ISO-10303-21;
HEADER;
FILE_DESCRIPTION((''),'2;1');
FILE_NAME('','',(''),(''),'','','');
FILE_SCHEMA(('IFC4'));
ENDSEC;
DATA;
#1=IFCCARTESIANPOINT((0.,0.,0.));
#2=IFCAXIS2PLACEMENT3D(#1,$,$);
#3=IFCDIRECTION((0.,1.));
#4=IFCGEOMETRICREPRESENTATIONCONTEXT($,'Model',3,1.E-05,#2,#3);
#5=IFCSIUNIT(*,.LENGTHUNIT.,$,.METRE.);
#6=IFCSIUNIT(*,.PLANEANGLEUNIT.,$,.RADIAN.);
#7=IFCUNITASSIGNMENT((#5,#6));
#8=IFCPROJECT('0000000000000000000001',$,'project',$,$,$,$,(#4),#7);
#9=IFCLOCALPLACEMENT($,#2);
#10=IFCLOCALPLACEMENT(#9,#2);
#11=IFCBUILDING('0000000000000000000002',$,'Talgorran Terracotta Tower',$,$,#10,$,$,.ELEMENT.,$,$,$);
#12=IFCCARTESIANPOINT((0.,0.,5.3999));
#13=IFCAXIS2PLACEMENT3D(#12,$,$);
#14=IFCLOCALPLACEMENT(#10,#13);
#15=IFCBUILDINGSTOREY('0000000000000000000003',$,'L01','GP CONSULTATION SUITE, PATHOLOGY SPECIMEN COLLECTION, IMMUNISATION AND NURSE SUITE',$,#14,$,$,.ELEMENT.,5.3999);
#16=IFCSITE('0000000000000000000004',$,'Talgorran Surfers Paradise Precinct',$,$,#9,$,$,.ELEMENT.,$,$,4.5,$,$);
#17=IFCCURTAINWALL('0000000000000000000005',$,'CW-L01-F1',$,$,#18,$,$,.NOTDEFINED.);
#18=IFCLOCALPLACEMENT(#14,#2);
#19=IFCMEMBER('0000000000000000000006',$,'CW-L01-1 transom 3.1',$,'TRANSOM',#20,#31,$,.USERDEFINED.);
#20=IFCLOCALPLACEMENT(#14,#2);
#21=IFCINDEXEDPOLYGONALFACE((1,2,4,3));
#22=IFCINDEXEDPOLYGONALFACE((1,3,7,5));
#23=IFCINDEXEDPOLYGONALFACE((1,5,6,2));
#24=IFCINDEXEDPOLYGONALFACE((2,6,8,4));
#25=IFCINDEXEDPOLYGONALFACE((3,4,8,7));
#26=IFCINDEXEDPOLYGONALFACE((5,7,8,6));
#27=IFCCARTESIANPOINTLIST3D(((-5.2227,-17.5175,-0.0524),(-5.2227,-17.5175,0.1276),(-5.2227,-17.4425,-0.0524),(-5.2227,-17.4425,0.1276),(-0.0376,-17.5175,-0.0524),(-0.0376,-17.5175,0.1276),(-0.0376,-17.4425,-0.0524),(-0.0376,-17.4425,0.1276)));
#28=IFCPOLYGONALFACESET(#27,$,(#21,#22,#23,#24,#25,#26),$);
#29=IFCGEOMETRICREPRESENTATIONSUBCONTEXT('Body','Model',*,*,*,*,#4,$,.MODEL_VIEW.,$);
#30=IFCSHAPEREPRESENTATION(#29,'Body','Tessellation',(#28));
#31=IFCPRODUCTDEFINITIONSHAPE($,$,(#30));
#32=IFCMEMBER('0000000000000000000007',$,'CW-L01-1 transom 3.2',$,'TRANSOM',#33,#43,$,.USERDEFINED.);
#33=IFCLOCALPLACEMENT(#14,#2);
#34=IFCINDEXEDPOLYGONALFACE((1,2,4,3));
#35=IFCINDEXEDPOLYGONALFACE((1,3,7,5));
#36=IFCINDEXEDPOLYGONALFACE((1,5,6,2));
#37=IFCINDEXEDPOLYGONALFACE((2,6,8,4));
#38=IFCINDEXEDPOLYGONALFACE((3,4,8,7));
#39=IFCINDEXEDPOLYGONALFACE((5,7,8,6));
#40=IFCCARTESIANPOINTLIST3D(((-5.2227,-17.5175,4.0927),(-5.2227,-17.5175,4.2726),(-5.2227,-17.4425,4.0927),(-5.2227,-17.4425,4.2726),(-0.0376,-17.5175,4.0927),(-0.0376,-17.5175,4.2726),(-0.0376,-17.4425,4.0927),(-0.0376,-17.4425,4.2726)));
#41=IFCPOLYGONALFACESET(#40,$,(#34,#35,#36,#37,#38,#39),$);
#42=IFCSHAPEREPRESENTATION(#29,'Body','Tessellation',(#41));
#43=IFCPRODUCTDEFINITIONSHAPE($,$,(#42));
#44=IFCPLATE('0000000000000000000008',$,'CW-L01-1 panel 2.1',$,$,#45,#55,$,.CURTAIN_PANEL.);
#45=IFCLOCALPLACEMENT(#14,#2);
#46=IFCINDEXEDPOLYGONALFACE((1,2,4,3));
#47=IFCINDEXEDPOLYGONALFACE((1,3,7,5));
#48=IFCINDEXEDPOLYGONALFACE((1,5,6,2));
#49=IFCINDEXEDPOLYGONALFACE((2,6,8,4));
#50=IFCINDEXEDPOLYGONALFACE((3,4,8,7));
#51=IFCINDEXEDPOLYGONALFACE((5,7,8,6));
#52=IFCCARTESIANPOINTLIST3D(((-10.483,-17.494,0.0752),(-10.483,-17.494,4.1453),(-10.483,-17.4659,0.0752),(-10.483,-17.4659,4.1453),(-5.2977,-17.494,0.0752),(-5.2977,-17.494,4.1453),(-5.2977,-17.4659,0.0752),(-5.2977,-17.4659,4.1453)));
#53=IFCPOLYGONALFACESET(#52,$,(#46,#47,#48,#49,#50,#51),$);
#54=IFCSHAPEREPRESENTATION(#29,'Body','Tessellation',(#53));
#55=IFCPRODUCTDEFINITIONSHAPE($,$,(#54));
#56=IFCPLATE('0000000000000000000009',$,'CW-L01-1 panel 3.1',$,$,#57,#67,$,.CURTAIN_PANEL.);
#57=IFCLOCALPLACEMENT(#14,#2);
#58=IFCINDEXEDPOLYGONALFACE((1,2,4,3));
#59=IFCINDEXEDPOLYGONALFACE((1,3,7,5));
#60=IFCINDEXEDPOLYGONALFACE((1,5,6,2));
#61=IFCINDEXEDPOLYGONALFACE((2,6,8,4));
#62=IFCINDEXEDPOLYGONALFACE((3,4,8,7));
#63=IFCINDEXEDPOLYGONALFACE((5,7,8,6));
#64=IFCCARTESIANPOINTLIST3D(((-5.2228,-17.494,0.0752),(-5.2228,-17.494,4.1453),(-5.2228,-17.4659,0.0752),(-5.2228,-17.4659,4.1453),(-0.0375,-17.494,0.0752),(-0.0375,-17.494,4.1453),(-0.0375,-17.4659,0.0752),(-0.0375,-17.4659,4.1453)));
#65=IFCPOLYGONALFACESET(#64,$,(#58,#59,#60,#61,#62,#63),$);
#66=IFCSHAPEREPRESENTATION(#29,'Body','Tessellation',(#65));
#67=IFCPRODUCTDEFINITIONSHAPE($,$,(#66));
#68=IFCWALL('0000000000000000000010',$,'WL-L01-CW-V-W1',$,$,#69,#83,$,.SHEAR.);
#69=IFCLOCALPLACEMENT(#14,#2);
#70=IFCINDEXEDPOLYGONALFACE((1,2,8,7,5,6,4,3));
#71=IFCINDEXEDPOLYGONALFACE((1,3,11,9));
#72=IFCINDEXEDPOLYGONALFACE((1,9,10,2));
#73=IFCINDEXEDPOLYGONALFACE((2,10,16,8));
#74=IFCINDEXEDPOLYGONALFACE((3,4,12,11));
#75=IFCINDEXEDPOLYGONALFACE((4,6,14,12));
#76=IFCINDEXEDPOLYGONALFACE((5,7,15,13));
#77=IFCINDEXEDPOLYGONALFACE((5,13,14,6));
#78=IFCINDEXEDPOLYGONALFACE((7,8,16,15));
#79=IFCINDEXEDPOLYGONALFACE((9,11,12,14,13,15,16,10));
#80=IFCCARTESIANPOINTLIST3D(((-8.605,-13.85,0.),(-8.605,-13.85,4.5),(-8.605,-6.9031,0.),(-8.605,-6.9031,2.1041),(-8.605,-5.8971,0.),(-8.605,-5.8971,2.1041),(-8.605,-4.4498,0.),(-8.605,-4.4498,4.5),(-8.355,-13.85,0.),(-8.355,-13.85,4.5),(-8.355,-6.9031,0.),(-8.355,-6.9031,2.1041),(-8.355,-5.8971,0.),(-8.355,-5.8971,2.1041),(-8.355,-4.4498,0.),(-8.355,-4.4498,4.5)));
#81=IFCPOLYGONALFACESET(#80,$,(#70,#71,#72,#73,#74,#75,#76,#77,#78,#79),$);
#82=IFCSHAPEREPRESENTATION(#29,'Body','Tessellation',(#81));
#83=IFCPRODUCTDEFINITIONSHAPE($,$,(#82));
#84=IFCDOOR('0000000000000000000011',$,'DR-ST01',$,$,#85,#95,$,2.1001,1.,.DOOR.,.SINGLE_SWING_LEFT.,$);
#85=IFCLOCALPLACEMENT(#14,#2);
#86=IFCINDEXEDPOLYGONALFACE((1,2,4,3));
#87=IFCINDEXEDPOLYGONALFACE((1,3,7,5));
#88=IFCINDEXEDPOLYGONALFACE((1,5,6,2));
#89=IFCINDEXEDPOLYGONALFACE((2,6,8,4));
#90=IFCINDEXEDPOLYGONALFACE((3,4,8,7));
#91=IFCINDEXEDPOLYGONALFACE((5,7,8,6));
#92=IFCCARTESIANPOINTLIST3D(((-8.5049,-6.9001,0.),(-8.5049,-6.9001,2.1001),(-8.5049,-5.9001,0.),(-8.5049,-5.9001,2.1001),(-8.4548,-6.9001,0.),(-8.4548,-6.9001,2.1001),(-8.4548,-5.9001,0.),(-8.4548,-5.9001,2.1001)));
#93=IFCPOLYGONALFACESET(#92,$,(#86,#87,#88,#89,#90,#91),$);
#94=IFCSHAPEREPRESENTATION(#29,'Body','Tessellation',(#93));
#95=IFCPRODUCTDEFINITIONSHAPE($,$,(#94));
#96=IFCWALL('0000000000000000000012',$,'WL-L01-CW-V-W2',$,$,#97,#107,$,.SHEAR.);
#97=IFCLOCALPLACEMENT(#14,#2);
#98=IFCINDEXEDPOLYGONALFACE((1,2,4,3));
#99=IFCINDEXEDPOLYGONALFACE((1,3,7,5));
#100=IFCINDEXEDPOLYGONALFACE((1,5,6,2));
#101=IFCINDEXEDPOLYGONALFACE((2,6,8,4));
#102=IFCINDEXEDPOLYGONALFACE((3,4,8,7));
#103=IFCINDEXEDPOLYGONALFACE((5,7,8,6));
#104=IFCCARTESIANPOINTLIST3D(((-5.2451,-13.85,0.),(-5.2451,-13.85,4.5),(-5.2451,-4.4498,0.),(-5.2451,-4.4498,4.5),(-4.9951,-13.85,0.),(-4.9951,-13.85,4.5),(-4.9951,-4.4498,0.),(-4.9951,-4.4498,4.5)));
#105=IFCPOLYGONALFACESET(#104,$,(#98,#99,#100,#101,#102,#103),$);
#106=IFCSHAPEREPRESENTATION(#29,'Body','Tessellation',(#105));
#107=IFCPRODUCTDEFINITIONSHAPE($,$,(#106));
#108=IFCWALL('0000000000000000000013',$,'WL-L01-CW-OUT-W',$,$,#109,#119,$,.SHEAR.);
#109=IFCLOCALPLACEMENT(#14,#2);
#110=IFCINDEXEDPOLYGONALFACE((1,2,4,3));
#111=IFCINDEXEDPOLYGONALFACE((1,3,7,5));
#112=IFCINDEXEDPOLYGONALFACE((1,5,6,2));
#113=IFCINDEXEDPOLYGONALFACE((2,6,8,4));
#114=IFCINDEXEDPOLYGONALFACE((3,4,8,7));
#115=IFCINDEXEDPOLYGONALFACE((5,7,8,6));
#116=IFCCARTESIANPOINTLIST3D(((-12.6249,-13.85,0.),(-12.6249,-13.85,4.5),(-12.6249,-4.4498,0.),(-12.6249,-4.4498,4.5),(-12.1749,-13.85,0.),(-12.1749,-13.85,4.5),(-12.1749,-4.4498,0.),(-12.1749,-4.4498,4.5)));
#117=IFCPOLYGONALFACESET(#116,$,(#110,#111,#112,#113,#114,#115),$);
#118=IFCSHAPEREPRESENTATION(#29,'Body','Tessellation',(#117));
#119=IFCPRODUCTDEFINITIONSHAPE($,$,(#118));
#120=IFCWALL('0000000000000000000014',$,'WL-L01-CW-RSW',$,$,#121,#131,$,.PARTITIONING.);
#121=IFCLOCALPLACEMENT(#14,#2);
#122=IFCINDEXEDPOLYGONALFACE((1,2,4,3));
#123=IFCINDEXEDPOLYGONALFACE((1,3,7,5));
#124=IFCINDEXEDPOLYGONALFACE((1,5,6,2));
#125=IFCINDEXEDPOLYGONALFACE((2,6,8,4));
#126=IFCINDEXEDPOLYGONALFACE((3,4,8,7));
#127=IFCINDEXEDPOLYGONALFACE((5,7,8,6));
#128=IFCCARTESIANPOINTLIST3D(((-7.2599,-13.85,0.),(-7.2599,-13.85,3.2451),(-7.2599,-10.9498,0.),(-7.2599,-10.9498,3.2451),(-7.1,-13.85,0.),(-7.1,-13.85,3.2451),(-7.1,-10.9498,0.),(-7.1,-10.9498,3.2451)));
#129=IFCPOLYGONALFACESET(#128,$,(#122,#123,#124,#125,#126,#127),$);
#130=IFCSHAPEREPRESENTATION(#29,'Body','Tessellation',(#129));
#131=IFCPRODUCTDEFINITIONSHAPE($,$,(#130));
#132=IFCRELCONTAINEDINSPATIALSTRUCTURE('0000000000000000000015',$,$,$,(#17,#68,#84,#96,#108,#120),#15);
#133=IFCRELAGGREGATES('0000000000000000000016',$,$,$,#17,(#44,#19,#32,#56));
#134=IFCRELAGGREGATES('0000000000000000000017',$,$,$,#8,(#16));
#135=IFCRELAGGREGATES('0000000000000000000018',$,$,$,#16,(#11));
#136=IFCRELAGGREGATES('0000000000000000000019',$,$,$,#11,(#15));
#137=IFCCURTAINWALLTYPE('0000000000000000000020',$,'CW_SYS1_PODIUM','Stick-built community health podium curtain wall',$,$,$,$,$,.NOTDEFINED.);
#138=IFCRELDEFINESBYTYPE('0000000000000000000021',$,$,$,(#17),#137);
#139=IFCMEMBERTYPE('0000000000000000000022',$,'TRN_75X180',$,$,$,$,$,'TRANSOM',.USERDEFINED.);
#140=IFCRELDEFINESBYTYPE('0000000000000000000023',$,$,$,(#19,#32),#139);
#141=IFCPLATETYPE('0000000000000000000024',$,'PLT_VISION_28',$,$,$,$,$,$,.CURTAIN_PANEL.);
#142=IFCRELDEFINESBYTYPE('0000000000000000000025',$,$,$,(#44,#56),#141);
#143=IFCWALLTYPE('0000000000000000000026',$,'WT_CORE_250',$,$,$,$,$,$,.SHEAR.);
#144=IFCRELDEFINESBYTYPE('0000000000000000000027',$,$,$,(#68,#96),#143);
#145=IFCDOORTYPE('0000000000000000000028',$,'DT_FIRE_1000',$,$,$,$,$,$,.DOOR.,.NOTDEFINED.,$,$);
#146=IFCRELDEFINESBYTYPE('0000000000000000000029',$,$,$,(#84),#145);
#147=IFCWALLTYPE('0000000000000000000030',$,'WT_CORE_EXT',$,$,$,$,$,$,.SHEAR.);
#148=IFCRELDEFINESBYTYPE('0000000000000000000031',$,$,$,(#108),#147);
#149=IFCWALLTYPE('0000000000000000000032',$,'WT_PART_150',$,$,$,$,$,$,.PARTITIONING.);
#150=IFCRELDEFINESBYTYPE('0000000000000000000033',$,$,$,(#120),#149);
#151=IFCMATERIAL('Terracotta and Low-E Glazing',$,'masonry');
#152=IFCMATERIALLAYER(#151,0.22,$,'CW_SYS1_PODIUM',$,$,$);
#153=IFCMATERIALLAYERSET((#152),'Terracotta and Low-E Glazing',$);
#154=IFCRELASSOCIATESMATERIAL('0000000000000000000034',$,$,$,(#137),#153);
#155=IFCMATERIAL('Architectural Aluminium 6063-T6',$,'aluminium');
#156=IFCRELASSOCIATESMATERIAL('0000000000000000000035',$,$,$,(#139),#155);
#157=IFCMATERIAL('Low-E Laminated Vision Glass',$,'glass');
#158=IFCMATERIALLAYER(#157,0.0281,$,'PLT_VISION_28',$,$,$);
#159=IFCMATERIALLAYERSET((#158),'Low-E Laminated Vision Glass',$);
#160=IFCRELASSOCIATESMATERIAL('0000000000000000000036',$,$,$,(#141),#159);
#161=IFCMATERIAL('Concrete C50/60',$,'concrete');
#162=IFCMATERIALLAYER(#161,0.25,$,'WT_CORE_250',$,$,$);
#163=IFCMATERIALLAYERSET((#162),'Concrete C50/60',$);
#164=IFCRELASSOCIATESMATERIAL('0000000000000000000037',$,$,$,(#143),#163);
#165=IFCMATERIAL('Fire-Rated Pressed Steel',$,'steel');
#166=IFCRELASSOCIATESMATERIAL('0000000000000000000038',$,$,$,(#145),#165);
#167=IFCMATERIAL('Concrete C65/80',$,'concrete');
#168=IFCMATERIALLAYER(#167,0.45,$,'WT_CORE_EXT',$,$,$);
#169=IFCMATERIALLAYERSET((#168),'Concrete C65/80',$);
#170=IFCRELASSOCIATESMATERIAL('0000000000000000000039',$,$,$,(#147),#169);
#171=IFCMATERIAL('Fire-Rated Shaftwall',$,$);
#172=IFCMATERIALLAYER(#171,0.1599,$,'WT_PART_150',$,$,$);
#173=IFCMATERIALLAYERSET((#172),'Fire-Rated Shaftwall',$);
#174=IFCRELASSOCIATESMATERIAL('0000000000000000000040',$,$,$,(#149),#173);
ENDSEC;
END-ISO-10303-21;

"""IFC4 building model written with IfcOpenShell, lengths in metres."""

from ifc_helpers import new_model, si_unit, direction, frame, frame_2d, origin, origin_2d, place, context, subcontext, project, spatial, rectangle, extrude, source, transform, mapped, material, layer, layer_set, material_profile, profile_set, type_object, type_shapes, element, fill, aggregate, save


model = new_model("IFC4")

# Units and contexts
model_context = context("Model", 3, precision=1e-05, world=origin(), true_north=direction((0.0, 1.0)))
body_context = subcontext(model_context, "Body", "Model", "MODEL_VIEW")
ifc_project = project(units=[si_unit("LENGTHUNIT", "METRE"), si_unit("PLANEANGLEUNIT", "RADIAN")], contexts=[model_context])

# Site, building, storey
site_placement = place(None, origin())
site = spatial("IfcSite", under=ifc_project, at=site_placement, Name="Talgorran Surfers Paradise Precinct", CompositionType="ELEMENT", RefElevation=4.5)
building_placement = place(site_placement, origin())
building = spatial("IfcBuilding", under=site, at=building_placement, Name="Talgorran Terracotta Tower", CompositionType="ELEMENT")
storey_placement = place(building_placement, frame((0.0, 0.0, 5.3999)))
storey = spatial("IfcBuildingStorey", under=building, at=storey_placement, Name="L01", Description="GP CONSULTATION SUITE, PATHOLOGY SPECIMEN COLLECTION, IMMUNISATION AND NURSE SUITE", CompositionType="ELEMENT", Elevation=5.3999)

# Curtain wall, members, plates
ifc_material_1 = material(Name="Terracotta and Low-E Glazing", Category="masonry")
ifc_layer_1 = layer(ifc_material_1, 0.22, Name="CW_SYS1_PODIUM")
ifc_layer_set_1 = layer_set([ifc_layer_1], Name="Terracotta and Low-E Glazing")
curtain_wall_type = type_object("IfcCurtainWallType", Name="CW_SYS1_PODIUM", Description="Stick-built community health podium curtain wall", PredefinedType="NOTDEFINED", material=ifc_layer_set_1)
curtain_wall_placement = place(storey_placement, origin())
curtain_wall = element("IfcCurtainWall", 1, at=curtain_wall_placement, inside=storey, type_object=curtain_wall_type, Name="CW-L01-F1", PredefinedType="NOTDEFINED")
ifc_material_2 = material(Name="Architectural Aluminium 6063-T6", Category="aluminium")
ifc_material_profile_1 = material_profile(ifc_material_2, rectangle(XDim=0.075, YDim=0.1799, at=origin_2d()), Name="CWT75X180")
ifc_profile_set_1 = profile_set([ifc_material_profile_1], Name="Architectural Aluminium 6063-T6")
member_type_1 = type_object("IfcMemberType", Name="TRN_75X180", ElementType="TRANSOM", PredefinedType="USERDEFINED", material=ifc_profile_set_1)
member_1_placement = place(storey_placement, frame((-5.2227, -17.48, 0.0376), z_axis=(1.0, 0.0, 0.0), x_axis=(0.0, 1.0, 0.0)))
member_1 = element("IfcMember", 2, at=member_1_placement, type_object=member_type_1, Name="CW-L01-1 transom 3.1", ObjectType="TRANSOM", PredefinedType="USERDEFINED", context=body_context, shape_type="SweptSolid", body=[
    extrude(rectangle(XDim=0.075, YDim=0.1799, at=origin_2d()), origin(), (0.0, 0.0, 1.0), 5.1851),
])
member_2_placement = place(storey_placement, frame((-5.2227, -17.48, 4.1826), z_axis=(1.0, 0.0, 0.0), x_axis=(0.0, 1.0, 0.0)))
member_2 = element("IfcMember", 3, at=member_2_placement, type_object=member_type_1, Name="CW-L01-1 transom 3.2", ObjectType="TRANSOM", PredefinedType="USERDEFINED", context=body_context, shape_type="SweptSolid", body=[
    extrude(rectangle(XDim=0.075, YDim=0.1799, at=origin_2d()), origin(), (0.0, 0.0, 1.0), 5.1851),
])
ifc_material_3 = material(Name="Low-E Laminated Vision Glass", Category="glass")
ifc_layer_2 = layer(ifc_material_3, 0.0281, Name="PLT_VISION_28")
ifc_layer_set_2 = layer_set([ifc_layer_2], Name="Low-E Laminated Vision Glass")
plate_type = type_object("IfcPlateType", Name="PLT_VISION_28", PredefinedType="CURTAIN_PANEL", material=ifc_layer_set_2)
shared_shape = source(origin(), body_context, "Body", "SweptSolid", [
    extrude(rectangle(XDim=5.1853, YDim=0.0281, at=origin_2d()), origin(), (0.0, 0.0, 1.0), 4.0701),
])
type_shapes(plate_type, [shared_shape])
plate_1_placement = place(storey_placement, frame((-7.8904, -17.48, 0.0752), z_axis=(0.0, 0.0, 1.0), x_axis=(1.0, 0.0, 0.0)))
plate_1 = element("IfcPlate", 4, at=plate_1_placement, type_object=plate_type, Name="CW-L01-1 panel 2.1", PredefinedType="CURTAIN_PANEL", context=body_context, shape_type="MappedRepresentation", body=[
    mapped(shared_shape, transform((0.0, 0.0, 0.0), scale=1.0)),
])
plate_2_placement = place(storey_placement, frame((-2.6301, -17.48, 0.0752), z_axis=(0.0, 0.0, 1.0), x_axis=(1.0, 0.0, 0.0)))
plate_2 = element("IfcPlate", 5, at=plate_2_placement, type_object=plate_type, Name="CW-L01-1 panel 3.1", PredefinedType="CURTAIN_PANEL", context=body_context, shape_type="MappedRepresentation", body=[
    mapped(shared_shape, transform((0.0, 0.0, 0.0), scale=1.0)),
])
aggregate(curtain_wall, [plate_1, member_1, member_2, plate_2])

# Wall, opening, door
ifc_material_4 = material(Name="Concrete C50/60", Category="concrete")
ifc_layer_3 = layer(ifc_material_4, 0.25, Name="WT_CORE_250")
ifc_layer_set_3 = layer_set([ifc_layer_3], Name="Concrete C50/60")
wall_type_1 = type_object("IfcWallType", Name="WT_CORE_250", PredefinedType="SHEAR", material=ifc_layer_set_3)
wall_1_placement = place(storey_placement, frame((-8.48, -13.8501, 0.0), z_axis=(0.0, 0.0, 1.0), x_axis=(0.0, 1.0, 0.0)))
wall_1 = element("IfcWall", 6, at=wall_1_placement, inside=storey, type_object=wall_type_1, Name="WL-L01-CW-V-W1", PredefinedType="SHEAR", context=body_context, shape_type="SweptSolid", body=[
    extrude(rectangle(XDim=9.4001, YDim=0.25, at=frame_2d((4.7002, 0.0))), origin(), (0.0, 0.0, 1.0), 4.5),
])
opening_placement = place(wall_1_placement, frame((6.95, 0.0, 0.0)))
opening = element("IfcOpeningElement", 7, at=opening_placement, cuts=wall_1, PredefinedType="OPENING", context=body_context, shape_type="SweptSolid", body=[
    extrude(rectangle(XDim=1.006, YDim=2.1041, at=frame_2d((0.5, 1.052))), frame((0.0, 0.135, 0.0), z_axis=(0.0, -1.0, 0.0), x_axis=(1.0, 0.0, 0.0)), (0.0, 0.0, 1.0), 0.27),
])
ifc_material_5 = material(Name="Fire-Rated Pressed Steel", Category="steel")
door_type = type_object("IfcDoorType", Name="DT_FIRE_1000", OperationType="NOTDEFINED", PredefinedType="DOOR", material=ifc_material_5)
door_placement = place(opening_placement, origin())
door = element("IfcDoor", 8, at=door_placement, inside=storey, type_object=door_type, Name="DR-ST01", OperationType="SINGLE_SWING_LEFT", OverallHeight=2.1001, OverallWidth=1.0, PredefinedType="DOOR", context=body_context, shape_type="SweptSolid", body=[
    extrude(rectangle(XDim=1.0, YDim=2.1001, at=frame_2d((0.5, 1.05))), frame((0.0, 0.0249, 0.0), z_axis=(0.0, -1.0, 0.0), x_axis=(1.0, 0.0, 0.0)), (0.0, 0.0, 1.0), 0.05),
])
fill(opening, door)

# Walls
wall_2_placement = place(storey_placement, frame((-5.1201, -13.8501, 0.0), z_axis=(0.0, 0.0, 1.0), x_axis=(0.0, 1.0, 0.0)))
element("IfcWall", 9, at=wall_2_placement, inside=storey, type_object=wall_type_1, Name="WL-L01-CW-V-W2", PredefinedType="SHEAR", context=body_context, shape_type="SweptSolid", body=[
    extrude(rectangle(XDim=9.4001, YDim=0.25, at=frame_2d((4.7002, 0.0))), origin(), (0.0, 0.0, 1.0), 4.5),
])
ifc_material_6 = material(Name="Concrete C65/80", Category="concrete")
ifc_layer_4 = layer(ifc_material_6, 0.45, Name="WT_CORE_EXT")
ifc_layer_set_4 = layer_set([ifc_layer_4], Name="Concrete C65/80")
wall_type_2 = type_object("IfcWallType", Name="WT_CORE_EXT", PredefinedType="SHEAR", material=ifc_layer_set_4)
wall_3_placement = place(storey_placement, frame((-12.3999, -13.8501, 0.0), z_axis=(0.0, 0.0, 1.0), x_axis=(0.0, 1.0, 0.0)))
element("IfcWall", 10, at=wall_3_placement, inside=storey, type_object=wall_type_2, Name="WL-L01-CW-OUT-W", PredefinedType="SHEAR", context=body_context, shape_type="SweptSolid", body=[
    extrude(rectangle(XDim=9.4001, YDim=0.45, at=frame_2d((4.7002, 0.0))), origin(), (0.0, 0.0, 1.0), 4.5),
])
ifc_material_7 = material(Name="Fire-Rated Shaftwall")
ifc_layer_5 = layer(ifc_material_7, 0.1599, Name="WT_PART_150")
ifc_layer_set_5 = layer_set([ifc_layer_5], Name="Fire-Rated Shaftwall")
wall_type_3 = type_object("IfcWallType", Name="WT_PART_150", PredefinedType="PARTITIONING", material=ifc_layer_set_5)
wall_4_placement = place(storey_placement, frame((-7.1799, -13.8501, 0.0), z_axis=(0.0, 0.0, 1.0), x_axis=(0.0, 1.0, 0.0)))
element("IfcWall", 11, at=wall_4_placement, inside=storey, type_object=wall_type_3, Name="WL-L01-CW-RSW", PredefinedType="PARTITIONING", context=body_context, shape_type="SweptSolid", body=[
    extrude(rectangle(XDim=2.9001, YDim=0.1599, at=frame_2d((1.4502, 0.0))), origin(), (0.0, 0.0, 1.0), 3.2451),
])

save(model, "model.ifc")
